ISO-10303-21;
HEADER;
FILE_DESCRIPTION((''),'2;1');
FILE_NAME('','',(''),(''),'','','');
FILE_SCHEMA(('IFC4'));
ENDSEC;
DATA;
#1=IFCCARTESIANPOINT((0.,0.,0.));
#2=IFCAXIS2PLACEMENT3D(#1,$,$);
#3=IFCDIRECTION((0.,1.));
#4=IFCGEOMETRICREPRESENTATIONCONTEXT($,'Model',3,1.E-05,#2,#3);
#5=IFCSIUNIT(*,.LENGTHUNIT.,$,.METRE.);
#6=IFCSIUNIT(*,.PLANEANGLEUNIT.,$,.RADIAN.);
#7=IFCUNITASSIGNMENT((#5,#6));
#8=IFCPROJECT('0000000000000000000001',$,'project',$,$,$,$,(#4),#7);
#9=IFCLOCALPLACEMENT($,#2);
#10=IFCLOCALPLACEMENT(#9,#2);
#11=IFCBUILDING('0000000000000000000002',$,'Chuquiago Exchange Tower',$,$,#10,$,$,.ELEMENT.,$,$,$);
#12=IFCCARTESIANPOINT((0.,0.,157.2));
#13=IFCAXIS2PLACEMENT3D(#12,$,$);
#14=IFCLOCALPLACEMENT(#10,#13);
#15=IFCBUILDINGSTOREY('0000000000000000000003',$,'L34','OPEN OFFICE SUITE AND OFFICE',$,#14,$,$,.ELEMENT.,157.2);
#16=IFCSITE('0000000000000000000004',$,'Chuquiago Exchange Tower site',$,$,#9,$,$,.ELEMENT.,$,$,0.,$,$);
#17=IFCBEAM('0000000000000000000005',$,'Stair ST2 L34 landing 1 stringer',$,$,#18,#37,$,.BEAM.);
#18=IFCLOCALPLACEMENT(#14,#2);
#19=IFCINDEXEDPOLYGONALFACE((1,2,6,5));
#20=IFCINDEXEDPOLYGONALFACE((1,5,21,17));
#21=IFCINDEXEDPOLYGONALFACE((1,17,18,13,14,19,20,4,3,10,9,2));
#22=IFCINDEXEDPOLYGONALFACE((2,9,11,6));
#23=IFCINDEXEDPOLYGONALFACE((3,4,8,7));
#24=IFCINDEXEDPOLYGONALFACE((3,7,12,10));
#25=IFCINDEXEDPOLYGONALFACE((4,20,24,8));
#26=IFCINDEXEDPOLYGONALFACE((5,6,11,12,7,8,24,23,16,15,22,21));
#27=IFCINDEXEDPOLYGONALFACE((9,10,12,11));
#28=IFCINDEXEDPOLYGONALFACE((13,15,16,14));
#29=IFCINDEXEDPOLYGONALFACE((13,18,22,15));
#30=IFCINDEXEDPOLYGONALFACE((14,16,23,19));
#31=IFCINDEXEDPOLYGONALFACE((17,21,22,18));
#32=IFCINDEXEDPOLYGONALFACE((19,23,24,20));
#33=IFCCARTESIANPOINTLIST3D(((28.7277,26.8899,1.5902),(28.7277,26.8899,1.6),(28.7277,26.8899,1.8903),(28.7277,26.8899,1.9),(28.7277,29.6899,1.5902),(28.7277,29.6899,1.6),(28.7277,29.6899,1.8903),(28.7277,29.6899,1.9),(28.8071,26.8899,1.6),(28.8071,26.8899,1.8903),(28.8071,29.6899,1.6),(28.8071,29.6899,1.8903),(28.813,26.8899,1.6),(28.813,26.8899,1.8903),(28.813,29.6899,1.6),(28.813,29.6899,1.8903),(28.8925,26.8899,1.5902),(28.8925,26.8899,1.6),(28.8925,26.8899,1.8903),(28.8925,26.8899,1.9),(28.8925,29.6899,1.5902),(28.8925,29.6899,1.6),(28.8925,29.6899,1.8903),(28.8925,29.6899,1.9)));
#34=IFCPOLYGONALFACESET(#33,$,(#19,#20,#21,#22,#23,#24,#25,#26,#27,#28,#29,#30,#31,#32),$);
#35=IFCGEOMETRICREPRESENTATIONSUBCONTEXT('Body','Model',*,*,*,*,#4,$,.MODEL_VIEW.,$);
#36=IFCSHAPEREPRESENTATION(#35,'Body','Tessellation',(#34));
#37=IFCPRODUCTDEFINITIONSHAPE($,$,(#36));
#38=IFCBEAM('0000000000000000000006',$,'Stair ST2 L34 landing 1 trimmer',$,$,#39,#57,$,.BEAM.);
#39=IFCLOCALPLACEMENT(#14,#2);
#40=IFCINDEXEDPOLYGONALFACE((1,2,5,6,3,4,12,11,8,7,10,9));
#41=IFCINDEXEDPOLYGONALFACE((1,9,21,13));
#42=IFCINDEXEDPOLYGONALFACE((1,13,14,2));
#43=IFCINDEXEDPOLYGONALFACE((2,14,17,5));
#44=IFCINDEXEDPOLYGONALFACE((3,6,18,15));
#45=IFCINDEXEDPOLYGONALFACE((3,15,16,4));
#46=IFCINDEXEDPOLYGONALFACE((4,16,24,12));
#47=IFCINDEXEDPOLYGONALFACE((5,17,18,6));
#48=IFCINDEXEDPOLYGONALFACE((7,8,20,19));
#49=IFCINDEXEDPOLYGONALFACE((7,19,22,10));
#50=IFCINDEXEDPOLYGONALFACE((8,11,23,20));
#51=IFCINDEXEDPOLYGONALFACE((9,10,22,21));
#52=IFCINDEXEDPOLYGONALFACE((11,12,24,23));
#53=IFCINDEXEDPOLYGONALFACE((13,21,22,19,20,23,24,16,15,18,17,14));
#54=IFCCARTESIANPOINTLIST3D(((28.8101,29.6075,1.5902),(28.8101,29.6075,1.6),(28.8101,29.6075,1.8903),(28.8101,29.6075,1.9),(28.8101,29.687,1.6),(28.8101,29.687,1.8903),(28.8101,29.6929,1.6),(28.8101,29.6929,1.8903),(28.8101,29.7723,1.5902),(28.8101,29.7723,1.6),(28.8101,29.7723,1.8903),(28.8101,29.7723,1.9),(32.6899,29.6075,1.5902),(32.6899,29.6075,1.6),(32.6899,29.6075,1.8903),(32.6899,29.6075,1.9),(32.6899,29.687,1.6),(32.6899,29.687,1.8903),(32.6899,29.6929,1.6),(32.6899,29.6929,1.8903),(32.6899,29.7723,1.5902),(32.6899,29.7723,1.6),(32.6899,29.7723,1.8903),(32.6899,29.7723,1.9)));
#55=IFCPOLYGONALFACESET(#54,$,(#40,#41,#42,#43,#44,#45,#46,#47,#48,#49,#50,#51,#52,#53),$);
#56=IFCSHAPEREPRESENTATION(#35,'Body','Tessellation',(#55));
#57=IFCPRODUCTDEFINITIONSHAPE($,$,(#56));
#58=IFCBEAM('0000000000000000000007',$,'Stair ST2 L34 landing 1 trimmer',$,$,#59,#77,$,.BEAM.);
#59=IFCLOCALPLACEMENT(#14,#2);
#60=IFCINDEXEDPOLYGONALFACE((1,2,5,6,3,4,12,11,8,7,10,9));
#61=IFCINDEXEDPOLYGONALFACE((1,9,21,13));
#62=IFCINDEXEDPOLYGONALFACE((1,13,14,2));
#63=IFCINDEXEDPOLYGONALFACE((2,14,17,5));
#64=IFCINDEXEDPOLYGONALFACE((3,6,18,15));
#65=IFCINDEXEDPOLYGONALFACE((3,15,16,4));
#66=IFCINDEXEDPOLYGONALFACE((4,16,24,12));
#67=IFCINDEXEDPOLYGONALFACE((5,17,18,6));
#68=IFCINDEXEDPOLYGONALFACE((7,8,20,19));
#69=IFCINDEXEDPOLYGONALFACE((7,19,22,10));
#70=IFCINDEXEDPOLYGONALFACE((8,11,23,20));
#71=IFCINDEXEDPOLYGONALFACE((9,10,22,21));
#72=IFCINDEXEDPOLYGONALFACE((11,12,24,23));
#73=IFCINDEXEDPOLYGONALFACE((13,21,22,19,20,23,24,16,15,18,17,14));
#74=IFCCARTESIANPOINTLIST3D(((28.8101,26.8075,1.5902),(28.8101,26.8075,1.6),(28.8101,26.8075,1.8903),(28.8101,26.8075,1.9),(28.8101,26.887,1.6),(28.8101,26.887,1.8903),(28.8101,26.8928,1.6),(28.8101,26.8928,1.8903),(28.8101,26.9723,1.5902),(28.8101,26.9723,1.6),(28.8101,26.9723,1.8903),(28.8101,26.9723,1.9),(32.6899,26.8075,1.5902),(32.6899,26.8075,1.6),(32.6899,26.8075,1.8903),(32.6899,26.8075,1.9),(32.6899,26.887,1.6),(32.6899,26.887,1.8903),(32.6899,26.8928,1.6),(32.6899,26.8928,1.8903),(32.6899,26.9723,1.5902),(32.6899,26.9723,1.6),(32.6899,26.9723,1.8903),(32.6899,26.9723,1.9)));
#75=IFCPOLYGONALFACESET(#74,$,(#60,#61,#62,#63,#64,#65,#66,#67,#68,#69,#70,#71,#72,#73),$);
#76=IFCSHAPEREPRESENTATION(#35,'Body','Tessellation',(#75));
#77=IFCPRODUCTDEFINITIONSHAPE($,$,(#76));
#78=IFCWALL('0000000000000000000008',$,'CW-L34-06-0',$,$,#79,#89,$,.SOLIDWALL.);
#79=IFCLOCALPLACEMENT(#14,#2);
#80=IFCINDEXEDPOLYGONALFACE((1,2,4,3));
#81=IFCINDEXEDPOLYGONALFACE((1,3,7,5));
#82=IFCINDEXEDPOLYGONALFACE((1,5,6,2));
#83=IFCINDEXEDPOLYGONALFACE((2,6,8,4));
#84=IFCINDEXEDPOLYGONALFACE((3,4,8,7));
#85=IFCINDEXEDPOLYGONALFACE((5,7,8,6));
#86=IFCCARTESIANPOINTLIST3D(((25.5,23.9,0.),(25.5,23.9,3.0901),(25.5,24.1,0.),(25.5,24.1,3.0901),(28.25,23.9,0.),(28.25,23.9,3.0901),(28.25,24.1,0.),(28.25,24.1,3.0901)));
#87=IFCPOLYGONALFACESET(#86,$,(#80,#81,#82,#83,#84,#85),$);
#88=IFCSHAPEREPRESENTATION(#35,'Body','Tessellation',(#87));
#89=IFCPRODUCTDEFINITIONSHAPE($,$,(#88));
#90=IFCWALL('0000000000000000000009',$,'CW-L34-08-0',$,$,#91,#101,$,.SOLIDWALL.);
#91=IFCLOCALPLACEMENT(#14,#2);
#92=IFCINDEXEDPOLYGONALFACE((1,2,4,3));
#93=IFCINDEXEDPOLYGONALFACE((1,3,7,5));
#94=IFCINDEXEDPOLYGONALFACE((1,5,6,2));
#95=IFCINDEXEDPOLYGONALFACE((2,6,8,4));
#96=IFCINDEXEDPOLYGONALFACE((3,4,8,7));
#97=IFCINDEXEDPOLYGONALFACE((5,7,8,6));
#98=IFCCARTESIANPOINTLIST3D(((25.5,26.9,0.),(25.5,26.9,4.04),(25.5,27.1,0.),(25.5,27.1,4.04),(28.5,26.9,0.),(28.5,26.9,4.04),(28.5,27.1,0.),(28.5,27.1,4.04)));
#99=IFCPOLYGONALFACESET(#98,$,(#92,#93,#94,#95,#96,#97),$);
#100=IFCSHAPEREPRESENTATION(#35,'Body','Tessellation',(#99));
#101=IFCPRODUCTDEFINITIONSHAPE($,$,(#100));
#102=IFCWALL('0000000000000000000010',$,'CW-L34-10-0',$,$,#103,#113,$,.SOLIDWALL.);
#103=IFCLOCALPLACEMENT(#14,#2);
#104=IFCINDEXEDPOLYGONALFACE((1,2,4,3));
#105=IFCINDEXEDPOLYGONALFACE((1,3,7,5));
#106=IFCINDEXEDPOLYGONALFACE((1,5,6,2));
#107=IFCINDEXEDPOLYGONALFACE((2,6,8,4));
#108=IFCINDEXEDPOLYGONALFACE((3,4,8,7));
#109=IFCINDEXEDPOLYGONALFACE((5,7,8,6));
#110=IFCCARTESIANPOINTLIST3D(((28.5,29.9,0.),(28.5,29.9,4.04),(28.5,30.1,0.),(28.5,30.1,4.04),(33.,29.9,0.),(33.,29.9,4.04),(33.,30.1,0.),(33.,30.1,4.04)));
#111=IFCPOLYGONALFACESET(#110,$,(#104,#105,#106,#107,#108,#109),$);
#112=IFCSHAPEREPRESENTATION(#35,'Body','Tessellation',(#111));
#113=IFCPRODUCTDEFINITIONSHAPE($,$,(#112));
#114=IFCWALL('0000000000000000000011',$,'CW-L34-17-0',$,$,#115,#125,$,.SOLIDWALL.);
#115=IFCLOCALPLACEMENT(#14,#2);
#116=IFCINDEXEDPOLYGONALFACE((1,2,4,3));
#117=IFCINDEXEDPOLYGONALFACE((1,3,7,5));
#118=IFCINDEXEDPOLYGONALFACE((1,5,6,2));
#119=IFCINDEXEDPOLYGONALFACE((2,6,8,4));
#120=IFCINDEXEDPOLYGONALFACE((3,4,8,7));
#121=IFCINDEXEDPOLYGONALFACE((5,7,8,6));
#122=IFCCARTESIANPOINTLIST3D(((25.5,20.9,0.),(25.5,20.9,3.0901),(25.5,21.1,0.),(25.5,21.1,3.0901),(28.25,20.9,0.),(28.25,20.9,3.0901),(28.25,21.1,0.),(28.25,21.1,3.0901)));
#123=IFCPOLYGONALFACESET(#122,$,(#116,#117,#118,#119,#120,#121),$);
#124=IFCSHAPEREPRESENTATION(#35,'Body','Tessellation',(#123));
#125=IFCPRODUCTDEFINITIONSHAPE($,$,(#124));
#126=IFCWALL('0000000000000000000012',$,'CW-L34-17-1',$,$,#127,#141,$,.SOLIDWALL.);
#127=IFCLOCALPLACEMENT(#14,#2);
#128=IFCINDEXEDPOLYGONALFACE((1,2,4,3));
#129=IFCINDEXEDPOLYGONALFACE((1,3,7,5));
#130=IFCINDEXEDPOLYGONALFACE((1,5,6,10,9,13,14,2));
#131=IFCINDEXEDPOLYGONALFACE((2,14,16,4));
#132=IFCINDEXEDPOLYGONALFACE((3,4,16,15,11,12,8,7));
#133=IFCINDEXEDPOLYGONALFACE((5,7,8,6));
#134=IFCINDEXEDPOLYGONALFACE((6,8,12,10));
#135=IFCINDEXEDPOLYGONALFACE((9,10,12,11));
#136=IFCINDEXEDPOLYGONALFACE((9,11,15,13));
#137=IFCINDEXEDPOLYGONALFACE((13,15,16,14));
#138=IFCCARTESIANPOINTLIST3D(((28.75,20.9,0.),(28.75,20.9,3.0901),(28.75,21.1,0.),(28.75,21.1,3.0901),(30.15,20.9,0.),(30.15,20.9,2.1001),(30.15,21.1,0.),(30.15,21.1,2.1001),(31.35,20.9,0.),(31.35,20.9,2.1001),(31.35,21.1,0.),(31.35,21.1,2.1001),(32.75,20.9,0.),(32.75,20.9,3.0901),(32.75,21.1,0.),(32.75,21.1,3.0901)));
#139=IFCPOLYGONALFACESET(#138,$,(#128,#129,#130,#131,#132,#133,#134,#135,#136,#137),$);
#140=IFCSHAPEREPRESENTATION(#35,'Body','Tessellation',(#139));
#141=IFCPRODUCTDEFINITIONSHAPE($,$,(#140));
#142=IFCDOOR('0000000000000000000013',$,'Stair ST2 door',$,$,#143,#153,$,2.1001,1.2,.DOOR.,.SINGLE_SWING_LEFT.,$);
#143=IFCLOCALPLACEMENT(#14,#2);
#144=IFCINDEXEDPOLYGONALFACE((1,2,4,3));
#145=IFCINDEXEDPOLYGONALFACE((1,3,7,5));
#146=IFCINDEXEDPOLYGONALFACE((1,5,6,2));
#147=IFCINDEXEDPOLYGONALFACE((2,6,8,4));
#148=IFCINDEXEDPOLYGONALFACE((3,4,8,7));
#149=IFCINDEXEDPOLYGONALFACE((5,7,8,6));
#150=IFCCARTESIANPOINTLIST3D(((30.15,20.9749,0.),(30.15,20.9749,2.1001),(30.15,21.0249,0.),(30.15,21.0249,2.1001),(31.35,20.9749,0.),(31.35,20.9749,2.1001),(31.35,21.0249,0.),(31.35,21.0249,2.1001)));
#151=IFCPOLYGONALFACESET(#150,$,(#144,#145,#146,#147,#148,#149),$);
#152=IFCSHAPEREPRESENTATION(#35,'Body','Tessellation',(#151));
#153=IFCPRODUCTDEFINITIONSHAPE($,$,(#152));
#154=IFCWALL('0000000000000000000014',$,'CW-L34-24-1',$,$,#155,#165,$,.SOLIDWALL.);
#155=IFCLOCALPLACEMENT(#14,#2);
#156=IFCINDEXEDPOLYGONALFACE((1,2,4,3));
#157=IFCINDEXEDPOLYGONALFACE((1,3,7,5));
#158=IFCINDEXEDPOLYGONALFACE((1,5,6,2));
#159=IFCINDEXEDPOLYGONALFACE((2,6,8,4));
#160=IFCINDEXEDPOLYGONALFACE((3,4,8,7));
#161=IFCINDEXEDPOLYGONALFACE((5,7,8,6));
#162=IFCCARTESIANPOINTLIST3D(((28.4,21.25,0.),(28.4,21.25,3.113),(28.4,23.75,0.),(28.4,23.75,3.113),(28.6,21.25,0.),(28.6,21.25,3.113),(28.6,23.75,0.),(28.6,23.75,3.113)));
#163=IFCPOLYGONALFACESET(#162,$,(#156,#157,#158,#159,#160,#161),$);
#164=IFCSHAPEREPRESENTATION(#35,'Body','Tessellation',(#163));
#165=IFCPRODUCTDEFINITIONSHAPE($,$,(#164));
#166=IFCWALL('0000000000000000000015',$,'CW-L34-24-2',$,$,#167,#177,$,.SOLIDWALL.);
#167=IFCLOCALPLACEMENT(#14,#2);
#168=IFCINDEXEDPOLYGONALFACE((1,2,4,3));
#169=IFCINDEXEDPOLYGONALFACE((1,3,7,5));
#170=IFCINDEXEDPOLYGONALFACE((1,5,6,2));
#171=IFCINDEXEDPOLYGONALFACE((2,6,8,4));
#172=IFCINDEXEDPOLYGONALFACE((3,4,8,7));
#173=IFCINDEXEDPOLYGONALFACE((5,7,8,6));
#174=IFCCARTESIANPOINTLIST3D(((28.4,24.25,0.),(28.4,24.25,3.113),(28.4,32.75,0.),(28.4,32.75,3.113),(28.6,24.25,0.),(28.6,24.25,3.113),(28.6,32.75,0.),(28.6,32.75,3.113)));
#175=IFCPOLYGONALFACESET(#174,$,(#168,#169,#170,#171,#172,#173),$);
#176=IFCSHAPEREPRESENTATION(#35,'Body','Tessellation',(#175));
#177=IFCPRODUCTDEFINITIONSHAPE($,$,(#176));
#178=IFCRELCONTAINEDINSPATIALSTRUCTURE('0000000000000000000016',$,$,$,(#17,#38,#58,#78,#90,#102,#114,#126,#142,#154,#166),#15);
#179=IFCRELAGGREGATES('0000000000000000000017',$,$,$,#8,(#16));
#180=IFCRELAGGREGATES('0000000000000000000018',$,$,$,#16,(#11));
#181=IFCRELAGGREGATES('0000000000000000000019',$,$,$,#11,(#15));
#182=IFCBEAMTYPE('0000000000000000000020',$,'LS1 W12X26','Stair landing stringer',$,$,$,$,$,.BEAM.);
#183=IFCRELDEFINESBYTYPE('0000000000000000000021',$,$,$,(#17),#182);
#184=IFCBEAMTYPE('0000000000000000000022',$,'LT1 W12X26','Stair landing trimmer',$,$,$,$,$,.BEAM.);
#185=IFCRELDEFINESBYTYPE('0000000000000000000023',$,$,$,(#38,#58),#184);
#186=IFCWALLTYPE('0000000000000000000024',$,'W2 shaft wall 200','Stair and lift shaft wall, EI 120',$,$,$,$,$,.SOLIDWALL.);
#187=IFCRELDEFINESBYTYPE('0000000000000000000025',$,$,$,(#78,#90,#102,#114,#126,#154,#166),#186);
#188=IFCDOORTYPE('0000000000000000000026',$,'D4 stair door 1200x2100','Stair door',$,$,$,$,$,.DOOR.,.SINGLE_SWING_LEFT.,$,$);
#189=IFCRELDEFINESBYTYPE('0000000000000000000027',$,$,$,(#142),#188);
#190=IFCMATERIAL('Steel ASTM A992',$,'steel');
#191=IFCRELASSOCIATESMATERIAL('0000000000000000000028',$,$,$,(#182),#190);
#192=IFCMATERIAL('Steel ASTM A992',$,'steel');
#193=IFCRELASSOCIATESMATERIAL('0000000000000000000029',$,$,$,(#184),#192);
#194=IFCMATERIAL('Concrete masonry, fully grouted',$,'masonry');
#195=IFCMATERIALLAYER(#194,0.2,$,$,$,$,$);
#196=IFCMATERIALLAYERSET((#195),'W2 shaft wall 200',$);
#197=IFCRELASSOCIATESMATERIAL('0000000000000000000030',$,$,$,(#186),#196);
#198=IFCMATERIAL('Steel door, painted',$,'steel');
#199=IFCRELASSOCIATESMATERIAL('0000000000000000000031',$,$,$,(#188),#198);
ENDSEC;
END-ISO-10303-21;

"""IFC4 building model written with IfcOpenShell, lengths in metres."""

from ifc_helpers import new_model, si_unit, direction, frame, frame_2d, origin, origin_2d, place, context, subcontext, project, spatial, rectangle, i_section, extrude, material, layer, layer_set, material_profile, profile_set, type_object, element, fill, save


model = new_model("IFC4")

# Units and contexts
model_context = context("Model", 3, precision=1e-05, world=origin(), true_north=direction((0.0, 1.0)))
body_context = subcontext(model_context, "Body", "Model", "MODEL_VIEW")
ifc_project = project(units=[si_unit("LENGTHUNIT", "METRE"), si_unit("PLANEANGLEUNIT", "RADIAN")], contexts=[model_context])

# Site, building, storey
site_placement = place(None, origin())
site = spatial("IfcSite", under=ifc_project, at=site_placement, Name="Chuquiago Exchange Tower site", CompositionType="ELEMENT", RefElevation=0.0)
building_placement = place(site_placement, origin())
building = spatial("IfcBuilding", under=site, at=building_placement, Name="Chuquiago Exchange Tower", CompositionType="ELEMENT")
storey_placement = place(building_placement, frame((0.0, 0.0, 157.2)))
storey = spatial("IfcBuildingStorey", under=building, at=storey_placement, Name="L34", Description="OPEN OFFICE SUITE AND OFFICE", CompositionType="ELEMENT", Elevation=157.2)

# Beams
ifc_material_1 = material(Name="Steel ASTM A992", Category="steel")
ifc_material_profile_1 = material_profile(ifc_material_1, i_section(OverallWidth=0.1648, OverallDepth=0.3098, WebThickness=0.0059, FlangeThickness=0.0098, at=origin_2d()), Name="W12X26")
ifc_profile_set_1 = profile_set([ifc_material_profile_1], Name="Steel ASTM A992")
beam_type_1 = type_object("IfcBeamType", Name="LS1 W12X26", Description="Stair landing stringer", PredefinedType="BEAM", material=ifc_profile_set_1)
beam_1_placement = place(storey_placement, frame((28.8101, 26.8899, 1.7451), z_axis=(0.0, 1.0, 0.0), x_axis=(-1.0, 0.0, 0.0)))
element("IfcBeam", 1, at=beam_1_placement, inside=storey, type_object=beam_type_1, Name="Stair ST2 L34 landing 1 stringer", PredefinedType="BEAM", context=body_context, shape_type="SweptSolid", body=[
    extrude(i_section(OverallWidth=0.1648, OverallDepth=0.3098, WebThickness=0.0059, FlangeThickness=0.0098, at=origin_2d()), origin(), (0.0, 0.0, 1.0), 2.8),
])
ifc_material_2 = material(Name="Steel ASTM A992", Category="steel")
ifc_material_profile_2 = material_profile(ifc_material_2, i_section(OverallWidth=0.1648, OverallDepth=0.3098, WebThickness=0.0059, FlangeThickness=0.0098, at=origin_2d()), Name="W12X26")
ifc_profile_set_2 = profile_set([ifc_material_profile_2], Name="Steel ASTM A992")
beam_type_2 = type_object("IfcBeamType", Name="LT1 W12X26", Description="Stair landing trimmer", PredefinedType="BEAM", material=ifc_profile_set_2)
for number, where, z_axis, x_axis, name in (
    (2, (28.8101, 29.6899, 1.7451), (1.0, 0.0, 0.0), (0.0, 1.0, 0.0), "Stair ST2 L34 landing 1 trimmer"),
    (3, (28.8101, 26.8899, 1.7451), (1.0, 0.0, 0.0), (0.0, 1.0, 0.0), "Stair ST2 L34 landing 1 trimmer"),
):
    element("IfcBeam", number, at=place(storey_placement, frame(where, z_axis=z_axis, x_axis=x_axis)), inside=storey, type_object=beam_type_2, Name=name, PredefinedType="BEAM", context=body_context, shape_type="SweptSolid", body=[
        extrude(i_section(OverallWidth=0.1648, OverallDepth=0.3098, WebThickness=0.0059, FlangeThickness=0.0098, at=origin_2d()), origin(), (0.0, 0.0, 1.0), 3.8799),
    ])

# Walls
ifc_material_3 = material(Name="Concrete masonry, fully grouted", Category="masonry")
ifc_layer_1 = layer(ifc_material_3, 0.2)
ifc_layer_set_1 = layer_set([ifc_layer_1], Name="W2 shaft wall 200")
wall_type_1 = type_object("IfcWallType", Name="W2 shaft wall 200", Description="Stair and lift shaft wall, EI 120", PredefinedType="SOLIDWALL", material=ifc_layer_set_1)
wall_1_placement = place(storey_placement, frame((25.5, 24.0, 0.0), z_axis=(0.0, 0.0, 1.0), x_axis=(1.0, 0.0, 0.0)))
element("IfcWall", 4, at=wall_1_placement, inside=storey, type_object=wall_type_1, Name="CW-L34-06-0", PredefinedType="SOLIDWALL", context=body_context, shape_type="SweptSolid", body=[
    extrude(rectangle(XDim=2.75, YDim=0.2, at=frame_2d((1.375, 0.0))), origin(), (0.0, 0.0, 1.0), 3.0901),
])
wall_2_placement = place(storey_placement, frame((25.5, 27.0, 0.0), z_axis=(0.0, 0.0, 1.0), x_axis=(1.0, 0.0, 0.0)))
element("IfcWall", 5, at=wall_2_placement, inside=storey, type_object=wall_type_1, Name="CW-L34-08-0", PredefinedType="SOLIDWALL", context=body_context, shape_type="SweptSolid", body=[
    extrude(rectangle(XDim=3.0, YDim=0.2, at=frame_2d((1.5, 0.0))), origin(), (0.0, 0.0, 1.0), 4.04),
])
wall_3_placement = place(storey_placement, frame((28.5, 30.0, 0.0), z_axis=(0.0, 0.0, 1.0), x_axis=(1.0, 0.0, 0.0)))
element("IfcWall", 6, at=wall_3_placement, inside=storey, type_object=wall_type_1, Name="CW-L34-10-0", PredefinedType="SOLIDWALL", context=body_context, shape_type="SweptSolid", body=[
    extrude(rectangle(XDim=4.5, YDim=0.2, at=frame_2d((2.25, 0.0))), origin(), (0.0, 0.0, 1.0), 4.04),
])
wall_4_placement = place(storey_placement, frame((25.5, 21.0, 0.0), z_axis=(0.0, 0.0, 1.0), x_axis=(1.0, 0.0, 0.0)))
element("IfcWall", 7, at=wall_4_placement, inside=storey, type_object=wall_type_1, Name="CW-L34-17-0", PredefinedType="SOLIDWALL", context=body_context, shape_type="SweptSolid", body=[
    extrude(rectangle(XDim=2.75, YDim=0.2, at=frame_2d((1.375, 0.0))), origin(), (0.0, 0.0, 1.0), 3.0901),
])

# Wall, opening, door
wall_5_placement = place(storey_placement, frame((28.75, 21.0, 0.0), z_axis=(0.0, 0.0, 1.0), x_axis=(1.0, 0.0, 0.0)))
wall_5 = element("IfcWall", 8, at=wall_5_placement, inside=storey, type_object=wall_type_1, Name="CW-L34-17-1", PredefinedType="SOLIDWALL", context=body_context, shape_type="SweptSolid", body=[
    extrude(rectangle(XDim=4.0, YDim=0.2, at=frame_2d((2.0, 0.0))), origin(), (0.0, 0.0, 1.0), 3.0901),
])
opening_1_placement = place(wall_5_placement, frame((1.3999, 0.0, 0.0)))
opening_1 = element("IfcOpeningElement", 9, at=opening_1_placement, cuts=wall_5, PredefinedType="OPENING", context=body_context, shape_type="SweptSolid", body=[
    extrude(rectangle(XDim=1.2, YDim=2.1001, at=frame_2d((0.6001, 1.05))), frame((0.0, 0.1099, 0.0), z_axis=(0.0, -1.0, 0.0), x_axis=(1.0, 0.0, 0.0)), (0.0, 0.0, 1.0), 0.22),
])
ifc_material_4 = material(Name="Steel door, painted", Category="steel")
door_type_1 = type_object("IfcDoorType", Name="D4 stair door 1200x2100", Description="Stair door", OperationType="SINGLE_SWING_LEFT", PredefinedType="DOOR", material=ifc_material_4)
door_1_placement = place(opening_1_placement, origin())
door_1 = element("IfcDoor", 10, at=door_1_placement, inside=storey, type_object=door_type_1, Name="Stair ST2 door", OperationType="SINGLE_SWING_LEFT", OverallHeight=2.1001, OverallWidth=1.2, PredefinedType="DOOR", context=body_context, shape_type="SweptSolid", body=[
    extrude(rectangle(XDim=1.2, YDim=2.1001, at=frame_2d((0.6001, 1.05))), frame((0.0, 0.0249, 0.0), z_axis=(0.0, -1.0, 0.0), x_axis=(1.0, 0.0, 0.0)), (0.0, 0.0, 1.0), 0.05),
])
fill(opening_1, door_1)

# Walls
wall_6_placement = place(storey_placement, frame((28.5, 21.25, 0.0), z_axis=(0.0, 0.0, 1.0), x_axis=(0.0, 1.0, 0.0)))
element("IfcWall", 11, at=wall_6_placement, inside=storey, type_object=wall_type_1, Name="CW-L34-24-1", PredefinedType="SOLIDWALL", context=body_context, shape_type="SweptSolid", body=[
    extrude(rectangle(XDim=2.5, YDim=0.2, at=frame_2d((1.25, 0.0))), origin(), (0.0, 0.0, 1.0), 3.113),
])
wall_7_placement = place(storey_placement, frame((28.5, 24.25, 0.0), z_axis=(0.0, 0.0, 1.0), x_axis=(0.0, 1.0, 0.0)))
element("IfcWall", 12, at=wall_7_placement, inside=storey, type_object=wall_type_1, Name="CW-L34-24-2", PredefinedType="SOLIDWALL", context=body_context, shape_type="SweptSolid", body=[
    extrude(rectangle(XDim=8.5, YDim=0.2, at=frame_2d((4.25, 0.0))), origin(), (0.0, 0.0, 1.0), 3.113),
])

save(model, "model.ifc")
